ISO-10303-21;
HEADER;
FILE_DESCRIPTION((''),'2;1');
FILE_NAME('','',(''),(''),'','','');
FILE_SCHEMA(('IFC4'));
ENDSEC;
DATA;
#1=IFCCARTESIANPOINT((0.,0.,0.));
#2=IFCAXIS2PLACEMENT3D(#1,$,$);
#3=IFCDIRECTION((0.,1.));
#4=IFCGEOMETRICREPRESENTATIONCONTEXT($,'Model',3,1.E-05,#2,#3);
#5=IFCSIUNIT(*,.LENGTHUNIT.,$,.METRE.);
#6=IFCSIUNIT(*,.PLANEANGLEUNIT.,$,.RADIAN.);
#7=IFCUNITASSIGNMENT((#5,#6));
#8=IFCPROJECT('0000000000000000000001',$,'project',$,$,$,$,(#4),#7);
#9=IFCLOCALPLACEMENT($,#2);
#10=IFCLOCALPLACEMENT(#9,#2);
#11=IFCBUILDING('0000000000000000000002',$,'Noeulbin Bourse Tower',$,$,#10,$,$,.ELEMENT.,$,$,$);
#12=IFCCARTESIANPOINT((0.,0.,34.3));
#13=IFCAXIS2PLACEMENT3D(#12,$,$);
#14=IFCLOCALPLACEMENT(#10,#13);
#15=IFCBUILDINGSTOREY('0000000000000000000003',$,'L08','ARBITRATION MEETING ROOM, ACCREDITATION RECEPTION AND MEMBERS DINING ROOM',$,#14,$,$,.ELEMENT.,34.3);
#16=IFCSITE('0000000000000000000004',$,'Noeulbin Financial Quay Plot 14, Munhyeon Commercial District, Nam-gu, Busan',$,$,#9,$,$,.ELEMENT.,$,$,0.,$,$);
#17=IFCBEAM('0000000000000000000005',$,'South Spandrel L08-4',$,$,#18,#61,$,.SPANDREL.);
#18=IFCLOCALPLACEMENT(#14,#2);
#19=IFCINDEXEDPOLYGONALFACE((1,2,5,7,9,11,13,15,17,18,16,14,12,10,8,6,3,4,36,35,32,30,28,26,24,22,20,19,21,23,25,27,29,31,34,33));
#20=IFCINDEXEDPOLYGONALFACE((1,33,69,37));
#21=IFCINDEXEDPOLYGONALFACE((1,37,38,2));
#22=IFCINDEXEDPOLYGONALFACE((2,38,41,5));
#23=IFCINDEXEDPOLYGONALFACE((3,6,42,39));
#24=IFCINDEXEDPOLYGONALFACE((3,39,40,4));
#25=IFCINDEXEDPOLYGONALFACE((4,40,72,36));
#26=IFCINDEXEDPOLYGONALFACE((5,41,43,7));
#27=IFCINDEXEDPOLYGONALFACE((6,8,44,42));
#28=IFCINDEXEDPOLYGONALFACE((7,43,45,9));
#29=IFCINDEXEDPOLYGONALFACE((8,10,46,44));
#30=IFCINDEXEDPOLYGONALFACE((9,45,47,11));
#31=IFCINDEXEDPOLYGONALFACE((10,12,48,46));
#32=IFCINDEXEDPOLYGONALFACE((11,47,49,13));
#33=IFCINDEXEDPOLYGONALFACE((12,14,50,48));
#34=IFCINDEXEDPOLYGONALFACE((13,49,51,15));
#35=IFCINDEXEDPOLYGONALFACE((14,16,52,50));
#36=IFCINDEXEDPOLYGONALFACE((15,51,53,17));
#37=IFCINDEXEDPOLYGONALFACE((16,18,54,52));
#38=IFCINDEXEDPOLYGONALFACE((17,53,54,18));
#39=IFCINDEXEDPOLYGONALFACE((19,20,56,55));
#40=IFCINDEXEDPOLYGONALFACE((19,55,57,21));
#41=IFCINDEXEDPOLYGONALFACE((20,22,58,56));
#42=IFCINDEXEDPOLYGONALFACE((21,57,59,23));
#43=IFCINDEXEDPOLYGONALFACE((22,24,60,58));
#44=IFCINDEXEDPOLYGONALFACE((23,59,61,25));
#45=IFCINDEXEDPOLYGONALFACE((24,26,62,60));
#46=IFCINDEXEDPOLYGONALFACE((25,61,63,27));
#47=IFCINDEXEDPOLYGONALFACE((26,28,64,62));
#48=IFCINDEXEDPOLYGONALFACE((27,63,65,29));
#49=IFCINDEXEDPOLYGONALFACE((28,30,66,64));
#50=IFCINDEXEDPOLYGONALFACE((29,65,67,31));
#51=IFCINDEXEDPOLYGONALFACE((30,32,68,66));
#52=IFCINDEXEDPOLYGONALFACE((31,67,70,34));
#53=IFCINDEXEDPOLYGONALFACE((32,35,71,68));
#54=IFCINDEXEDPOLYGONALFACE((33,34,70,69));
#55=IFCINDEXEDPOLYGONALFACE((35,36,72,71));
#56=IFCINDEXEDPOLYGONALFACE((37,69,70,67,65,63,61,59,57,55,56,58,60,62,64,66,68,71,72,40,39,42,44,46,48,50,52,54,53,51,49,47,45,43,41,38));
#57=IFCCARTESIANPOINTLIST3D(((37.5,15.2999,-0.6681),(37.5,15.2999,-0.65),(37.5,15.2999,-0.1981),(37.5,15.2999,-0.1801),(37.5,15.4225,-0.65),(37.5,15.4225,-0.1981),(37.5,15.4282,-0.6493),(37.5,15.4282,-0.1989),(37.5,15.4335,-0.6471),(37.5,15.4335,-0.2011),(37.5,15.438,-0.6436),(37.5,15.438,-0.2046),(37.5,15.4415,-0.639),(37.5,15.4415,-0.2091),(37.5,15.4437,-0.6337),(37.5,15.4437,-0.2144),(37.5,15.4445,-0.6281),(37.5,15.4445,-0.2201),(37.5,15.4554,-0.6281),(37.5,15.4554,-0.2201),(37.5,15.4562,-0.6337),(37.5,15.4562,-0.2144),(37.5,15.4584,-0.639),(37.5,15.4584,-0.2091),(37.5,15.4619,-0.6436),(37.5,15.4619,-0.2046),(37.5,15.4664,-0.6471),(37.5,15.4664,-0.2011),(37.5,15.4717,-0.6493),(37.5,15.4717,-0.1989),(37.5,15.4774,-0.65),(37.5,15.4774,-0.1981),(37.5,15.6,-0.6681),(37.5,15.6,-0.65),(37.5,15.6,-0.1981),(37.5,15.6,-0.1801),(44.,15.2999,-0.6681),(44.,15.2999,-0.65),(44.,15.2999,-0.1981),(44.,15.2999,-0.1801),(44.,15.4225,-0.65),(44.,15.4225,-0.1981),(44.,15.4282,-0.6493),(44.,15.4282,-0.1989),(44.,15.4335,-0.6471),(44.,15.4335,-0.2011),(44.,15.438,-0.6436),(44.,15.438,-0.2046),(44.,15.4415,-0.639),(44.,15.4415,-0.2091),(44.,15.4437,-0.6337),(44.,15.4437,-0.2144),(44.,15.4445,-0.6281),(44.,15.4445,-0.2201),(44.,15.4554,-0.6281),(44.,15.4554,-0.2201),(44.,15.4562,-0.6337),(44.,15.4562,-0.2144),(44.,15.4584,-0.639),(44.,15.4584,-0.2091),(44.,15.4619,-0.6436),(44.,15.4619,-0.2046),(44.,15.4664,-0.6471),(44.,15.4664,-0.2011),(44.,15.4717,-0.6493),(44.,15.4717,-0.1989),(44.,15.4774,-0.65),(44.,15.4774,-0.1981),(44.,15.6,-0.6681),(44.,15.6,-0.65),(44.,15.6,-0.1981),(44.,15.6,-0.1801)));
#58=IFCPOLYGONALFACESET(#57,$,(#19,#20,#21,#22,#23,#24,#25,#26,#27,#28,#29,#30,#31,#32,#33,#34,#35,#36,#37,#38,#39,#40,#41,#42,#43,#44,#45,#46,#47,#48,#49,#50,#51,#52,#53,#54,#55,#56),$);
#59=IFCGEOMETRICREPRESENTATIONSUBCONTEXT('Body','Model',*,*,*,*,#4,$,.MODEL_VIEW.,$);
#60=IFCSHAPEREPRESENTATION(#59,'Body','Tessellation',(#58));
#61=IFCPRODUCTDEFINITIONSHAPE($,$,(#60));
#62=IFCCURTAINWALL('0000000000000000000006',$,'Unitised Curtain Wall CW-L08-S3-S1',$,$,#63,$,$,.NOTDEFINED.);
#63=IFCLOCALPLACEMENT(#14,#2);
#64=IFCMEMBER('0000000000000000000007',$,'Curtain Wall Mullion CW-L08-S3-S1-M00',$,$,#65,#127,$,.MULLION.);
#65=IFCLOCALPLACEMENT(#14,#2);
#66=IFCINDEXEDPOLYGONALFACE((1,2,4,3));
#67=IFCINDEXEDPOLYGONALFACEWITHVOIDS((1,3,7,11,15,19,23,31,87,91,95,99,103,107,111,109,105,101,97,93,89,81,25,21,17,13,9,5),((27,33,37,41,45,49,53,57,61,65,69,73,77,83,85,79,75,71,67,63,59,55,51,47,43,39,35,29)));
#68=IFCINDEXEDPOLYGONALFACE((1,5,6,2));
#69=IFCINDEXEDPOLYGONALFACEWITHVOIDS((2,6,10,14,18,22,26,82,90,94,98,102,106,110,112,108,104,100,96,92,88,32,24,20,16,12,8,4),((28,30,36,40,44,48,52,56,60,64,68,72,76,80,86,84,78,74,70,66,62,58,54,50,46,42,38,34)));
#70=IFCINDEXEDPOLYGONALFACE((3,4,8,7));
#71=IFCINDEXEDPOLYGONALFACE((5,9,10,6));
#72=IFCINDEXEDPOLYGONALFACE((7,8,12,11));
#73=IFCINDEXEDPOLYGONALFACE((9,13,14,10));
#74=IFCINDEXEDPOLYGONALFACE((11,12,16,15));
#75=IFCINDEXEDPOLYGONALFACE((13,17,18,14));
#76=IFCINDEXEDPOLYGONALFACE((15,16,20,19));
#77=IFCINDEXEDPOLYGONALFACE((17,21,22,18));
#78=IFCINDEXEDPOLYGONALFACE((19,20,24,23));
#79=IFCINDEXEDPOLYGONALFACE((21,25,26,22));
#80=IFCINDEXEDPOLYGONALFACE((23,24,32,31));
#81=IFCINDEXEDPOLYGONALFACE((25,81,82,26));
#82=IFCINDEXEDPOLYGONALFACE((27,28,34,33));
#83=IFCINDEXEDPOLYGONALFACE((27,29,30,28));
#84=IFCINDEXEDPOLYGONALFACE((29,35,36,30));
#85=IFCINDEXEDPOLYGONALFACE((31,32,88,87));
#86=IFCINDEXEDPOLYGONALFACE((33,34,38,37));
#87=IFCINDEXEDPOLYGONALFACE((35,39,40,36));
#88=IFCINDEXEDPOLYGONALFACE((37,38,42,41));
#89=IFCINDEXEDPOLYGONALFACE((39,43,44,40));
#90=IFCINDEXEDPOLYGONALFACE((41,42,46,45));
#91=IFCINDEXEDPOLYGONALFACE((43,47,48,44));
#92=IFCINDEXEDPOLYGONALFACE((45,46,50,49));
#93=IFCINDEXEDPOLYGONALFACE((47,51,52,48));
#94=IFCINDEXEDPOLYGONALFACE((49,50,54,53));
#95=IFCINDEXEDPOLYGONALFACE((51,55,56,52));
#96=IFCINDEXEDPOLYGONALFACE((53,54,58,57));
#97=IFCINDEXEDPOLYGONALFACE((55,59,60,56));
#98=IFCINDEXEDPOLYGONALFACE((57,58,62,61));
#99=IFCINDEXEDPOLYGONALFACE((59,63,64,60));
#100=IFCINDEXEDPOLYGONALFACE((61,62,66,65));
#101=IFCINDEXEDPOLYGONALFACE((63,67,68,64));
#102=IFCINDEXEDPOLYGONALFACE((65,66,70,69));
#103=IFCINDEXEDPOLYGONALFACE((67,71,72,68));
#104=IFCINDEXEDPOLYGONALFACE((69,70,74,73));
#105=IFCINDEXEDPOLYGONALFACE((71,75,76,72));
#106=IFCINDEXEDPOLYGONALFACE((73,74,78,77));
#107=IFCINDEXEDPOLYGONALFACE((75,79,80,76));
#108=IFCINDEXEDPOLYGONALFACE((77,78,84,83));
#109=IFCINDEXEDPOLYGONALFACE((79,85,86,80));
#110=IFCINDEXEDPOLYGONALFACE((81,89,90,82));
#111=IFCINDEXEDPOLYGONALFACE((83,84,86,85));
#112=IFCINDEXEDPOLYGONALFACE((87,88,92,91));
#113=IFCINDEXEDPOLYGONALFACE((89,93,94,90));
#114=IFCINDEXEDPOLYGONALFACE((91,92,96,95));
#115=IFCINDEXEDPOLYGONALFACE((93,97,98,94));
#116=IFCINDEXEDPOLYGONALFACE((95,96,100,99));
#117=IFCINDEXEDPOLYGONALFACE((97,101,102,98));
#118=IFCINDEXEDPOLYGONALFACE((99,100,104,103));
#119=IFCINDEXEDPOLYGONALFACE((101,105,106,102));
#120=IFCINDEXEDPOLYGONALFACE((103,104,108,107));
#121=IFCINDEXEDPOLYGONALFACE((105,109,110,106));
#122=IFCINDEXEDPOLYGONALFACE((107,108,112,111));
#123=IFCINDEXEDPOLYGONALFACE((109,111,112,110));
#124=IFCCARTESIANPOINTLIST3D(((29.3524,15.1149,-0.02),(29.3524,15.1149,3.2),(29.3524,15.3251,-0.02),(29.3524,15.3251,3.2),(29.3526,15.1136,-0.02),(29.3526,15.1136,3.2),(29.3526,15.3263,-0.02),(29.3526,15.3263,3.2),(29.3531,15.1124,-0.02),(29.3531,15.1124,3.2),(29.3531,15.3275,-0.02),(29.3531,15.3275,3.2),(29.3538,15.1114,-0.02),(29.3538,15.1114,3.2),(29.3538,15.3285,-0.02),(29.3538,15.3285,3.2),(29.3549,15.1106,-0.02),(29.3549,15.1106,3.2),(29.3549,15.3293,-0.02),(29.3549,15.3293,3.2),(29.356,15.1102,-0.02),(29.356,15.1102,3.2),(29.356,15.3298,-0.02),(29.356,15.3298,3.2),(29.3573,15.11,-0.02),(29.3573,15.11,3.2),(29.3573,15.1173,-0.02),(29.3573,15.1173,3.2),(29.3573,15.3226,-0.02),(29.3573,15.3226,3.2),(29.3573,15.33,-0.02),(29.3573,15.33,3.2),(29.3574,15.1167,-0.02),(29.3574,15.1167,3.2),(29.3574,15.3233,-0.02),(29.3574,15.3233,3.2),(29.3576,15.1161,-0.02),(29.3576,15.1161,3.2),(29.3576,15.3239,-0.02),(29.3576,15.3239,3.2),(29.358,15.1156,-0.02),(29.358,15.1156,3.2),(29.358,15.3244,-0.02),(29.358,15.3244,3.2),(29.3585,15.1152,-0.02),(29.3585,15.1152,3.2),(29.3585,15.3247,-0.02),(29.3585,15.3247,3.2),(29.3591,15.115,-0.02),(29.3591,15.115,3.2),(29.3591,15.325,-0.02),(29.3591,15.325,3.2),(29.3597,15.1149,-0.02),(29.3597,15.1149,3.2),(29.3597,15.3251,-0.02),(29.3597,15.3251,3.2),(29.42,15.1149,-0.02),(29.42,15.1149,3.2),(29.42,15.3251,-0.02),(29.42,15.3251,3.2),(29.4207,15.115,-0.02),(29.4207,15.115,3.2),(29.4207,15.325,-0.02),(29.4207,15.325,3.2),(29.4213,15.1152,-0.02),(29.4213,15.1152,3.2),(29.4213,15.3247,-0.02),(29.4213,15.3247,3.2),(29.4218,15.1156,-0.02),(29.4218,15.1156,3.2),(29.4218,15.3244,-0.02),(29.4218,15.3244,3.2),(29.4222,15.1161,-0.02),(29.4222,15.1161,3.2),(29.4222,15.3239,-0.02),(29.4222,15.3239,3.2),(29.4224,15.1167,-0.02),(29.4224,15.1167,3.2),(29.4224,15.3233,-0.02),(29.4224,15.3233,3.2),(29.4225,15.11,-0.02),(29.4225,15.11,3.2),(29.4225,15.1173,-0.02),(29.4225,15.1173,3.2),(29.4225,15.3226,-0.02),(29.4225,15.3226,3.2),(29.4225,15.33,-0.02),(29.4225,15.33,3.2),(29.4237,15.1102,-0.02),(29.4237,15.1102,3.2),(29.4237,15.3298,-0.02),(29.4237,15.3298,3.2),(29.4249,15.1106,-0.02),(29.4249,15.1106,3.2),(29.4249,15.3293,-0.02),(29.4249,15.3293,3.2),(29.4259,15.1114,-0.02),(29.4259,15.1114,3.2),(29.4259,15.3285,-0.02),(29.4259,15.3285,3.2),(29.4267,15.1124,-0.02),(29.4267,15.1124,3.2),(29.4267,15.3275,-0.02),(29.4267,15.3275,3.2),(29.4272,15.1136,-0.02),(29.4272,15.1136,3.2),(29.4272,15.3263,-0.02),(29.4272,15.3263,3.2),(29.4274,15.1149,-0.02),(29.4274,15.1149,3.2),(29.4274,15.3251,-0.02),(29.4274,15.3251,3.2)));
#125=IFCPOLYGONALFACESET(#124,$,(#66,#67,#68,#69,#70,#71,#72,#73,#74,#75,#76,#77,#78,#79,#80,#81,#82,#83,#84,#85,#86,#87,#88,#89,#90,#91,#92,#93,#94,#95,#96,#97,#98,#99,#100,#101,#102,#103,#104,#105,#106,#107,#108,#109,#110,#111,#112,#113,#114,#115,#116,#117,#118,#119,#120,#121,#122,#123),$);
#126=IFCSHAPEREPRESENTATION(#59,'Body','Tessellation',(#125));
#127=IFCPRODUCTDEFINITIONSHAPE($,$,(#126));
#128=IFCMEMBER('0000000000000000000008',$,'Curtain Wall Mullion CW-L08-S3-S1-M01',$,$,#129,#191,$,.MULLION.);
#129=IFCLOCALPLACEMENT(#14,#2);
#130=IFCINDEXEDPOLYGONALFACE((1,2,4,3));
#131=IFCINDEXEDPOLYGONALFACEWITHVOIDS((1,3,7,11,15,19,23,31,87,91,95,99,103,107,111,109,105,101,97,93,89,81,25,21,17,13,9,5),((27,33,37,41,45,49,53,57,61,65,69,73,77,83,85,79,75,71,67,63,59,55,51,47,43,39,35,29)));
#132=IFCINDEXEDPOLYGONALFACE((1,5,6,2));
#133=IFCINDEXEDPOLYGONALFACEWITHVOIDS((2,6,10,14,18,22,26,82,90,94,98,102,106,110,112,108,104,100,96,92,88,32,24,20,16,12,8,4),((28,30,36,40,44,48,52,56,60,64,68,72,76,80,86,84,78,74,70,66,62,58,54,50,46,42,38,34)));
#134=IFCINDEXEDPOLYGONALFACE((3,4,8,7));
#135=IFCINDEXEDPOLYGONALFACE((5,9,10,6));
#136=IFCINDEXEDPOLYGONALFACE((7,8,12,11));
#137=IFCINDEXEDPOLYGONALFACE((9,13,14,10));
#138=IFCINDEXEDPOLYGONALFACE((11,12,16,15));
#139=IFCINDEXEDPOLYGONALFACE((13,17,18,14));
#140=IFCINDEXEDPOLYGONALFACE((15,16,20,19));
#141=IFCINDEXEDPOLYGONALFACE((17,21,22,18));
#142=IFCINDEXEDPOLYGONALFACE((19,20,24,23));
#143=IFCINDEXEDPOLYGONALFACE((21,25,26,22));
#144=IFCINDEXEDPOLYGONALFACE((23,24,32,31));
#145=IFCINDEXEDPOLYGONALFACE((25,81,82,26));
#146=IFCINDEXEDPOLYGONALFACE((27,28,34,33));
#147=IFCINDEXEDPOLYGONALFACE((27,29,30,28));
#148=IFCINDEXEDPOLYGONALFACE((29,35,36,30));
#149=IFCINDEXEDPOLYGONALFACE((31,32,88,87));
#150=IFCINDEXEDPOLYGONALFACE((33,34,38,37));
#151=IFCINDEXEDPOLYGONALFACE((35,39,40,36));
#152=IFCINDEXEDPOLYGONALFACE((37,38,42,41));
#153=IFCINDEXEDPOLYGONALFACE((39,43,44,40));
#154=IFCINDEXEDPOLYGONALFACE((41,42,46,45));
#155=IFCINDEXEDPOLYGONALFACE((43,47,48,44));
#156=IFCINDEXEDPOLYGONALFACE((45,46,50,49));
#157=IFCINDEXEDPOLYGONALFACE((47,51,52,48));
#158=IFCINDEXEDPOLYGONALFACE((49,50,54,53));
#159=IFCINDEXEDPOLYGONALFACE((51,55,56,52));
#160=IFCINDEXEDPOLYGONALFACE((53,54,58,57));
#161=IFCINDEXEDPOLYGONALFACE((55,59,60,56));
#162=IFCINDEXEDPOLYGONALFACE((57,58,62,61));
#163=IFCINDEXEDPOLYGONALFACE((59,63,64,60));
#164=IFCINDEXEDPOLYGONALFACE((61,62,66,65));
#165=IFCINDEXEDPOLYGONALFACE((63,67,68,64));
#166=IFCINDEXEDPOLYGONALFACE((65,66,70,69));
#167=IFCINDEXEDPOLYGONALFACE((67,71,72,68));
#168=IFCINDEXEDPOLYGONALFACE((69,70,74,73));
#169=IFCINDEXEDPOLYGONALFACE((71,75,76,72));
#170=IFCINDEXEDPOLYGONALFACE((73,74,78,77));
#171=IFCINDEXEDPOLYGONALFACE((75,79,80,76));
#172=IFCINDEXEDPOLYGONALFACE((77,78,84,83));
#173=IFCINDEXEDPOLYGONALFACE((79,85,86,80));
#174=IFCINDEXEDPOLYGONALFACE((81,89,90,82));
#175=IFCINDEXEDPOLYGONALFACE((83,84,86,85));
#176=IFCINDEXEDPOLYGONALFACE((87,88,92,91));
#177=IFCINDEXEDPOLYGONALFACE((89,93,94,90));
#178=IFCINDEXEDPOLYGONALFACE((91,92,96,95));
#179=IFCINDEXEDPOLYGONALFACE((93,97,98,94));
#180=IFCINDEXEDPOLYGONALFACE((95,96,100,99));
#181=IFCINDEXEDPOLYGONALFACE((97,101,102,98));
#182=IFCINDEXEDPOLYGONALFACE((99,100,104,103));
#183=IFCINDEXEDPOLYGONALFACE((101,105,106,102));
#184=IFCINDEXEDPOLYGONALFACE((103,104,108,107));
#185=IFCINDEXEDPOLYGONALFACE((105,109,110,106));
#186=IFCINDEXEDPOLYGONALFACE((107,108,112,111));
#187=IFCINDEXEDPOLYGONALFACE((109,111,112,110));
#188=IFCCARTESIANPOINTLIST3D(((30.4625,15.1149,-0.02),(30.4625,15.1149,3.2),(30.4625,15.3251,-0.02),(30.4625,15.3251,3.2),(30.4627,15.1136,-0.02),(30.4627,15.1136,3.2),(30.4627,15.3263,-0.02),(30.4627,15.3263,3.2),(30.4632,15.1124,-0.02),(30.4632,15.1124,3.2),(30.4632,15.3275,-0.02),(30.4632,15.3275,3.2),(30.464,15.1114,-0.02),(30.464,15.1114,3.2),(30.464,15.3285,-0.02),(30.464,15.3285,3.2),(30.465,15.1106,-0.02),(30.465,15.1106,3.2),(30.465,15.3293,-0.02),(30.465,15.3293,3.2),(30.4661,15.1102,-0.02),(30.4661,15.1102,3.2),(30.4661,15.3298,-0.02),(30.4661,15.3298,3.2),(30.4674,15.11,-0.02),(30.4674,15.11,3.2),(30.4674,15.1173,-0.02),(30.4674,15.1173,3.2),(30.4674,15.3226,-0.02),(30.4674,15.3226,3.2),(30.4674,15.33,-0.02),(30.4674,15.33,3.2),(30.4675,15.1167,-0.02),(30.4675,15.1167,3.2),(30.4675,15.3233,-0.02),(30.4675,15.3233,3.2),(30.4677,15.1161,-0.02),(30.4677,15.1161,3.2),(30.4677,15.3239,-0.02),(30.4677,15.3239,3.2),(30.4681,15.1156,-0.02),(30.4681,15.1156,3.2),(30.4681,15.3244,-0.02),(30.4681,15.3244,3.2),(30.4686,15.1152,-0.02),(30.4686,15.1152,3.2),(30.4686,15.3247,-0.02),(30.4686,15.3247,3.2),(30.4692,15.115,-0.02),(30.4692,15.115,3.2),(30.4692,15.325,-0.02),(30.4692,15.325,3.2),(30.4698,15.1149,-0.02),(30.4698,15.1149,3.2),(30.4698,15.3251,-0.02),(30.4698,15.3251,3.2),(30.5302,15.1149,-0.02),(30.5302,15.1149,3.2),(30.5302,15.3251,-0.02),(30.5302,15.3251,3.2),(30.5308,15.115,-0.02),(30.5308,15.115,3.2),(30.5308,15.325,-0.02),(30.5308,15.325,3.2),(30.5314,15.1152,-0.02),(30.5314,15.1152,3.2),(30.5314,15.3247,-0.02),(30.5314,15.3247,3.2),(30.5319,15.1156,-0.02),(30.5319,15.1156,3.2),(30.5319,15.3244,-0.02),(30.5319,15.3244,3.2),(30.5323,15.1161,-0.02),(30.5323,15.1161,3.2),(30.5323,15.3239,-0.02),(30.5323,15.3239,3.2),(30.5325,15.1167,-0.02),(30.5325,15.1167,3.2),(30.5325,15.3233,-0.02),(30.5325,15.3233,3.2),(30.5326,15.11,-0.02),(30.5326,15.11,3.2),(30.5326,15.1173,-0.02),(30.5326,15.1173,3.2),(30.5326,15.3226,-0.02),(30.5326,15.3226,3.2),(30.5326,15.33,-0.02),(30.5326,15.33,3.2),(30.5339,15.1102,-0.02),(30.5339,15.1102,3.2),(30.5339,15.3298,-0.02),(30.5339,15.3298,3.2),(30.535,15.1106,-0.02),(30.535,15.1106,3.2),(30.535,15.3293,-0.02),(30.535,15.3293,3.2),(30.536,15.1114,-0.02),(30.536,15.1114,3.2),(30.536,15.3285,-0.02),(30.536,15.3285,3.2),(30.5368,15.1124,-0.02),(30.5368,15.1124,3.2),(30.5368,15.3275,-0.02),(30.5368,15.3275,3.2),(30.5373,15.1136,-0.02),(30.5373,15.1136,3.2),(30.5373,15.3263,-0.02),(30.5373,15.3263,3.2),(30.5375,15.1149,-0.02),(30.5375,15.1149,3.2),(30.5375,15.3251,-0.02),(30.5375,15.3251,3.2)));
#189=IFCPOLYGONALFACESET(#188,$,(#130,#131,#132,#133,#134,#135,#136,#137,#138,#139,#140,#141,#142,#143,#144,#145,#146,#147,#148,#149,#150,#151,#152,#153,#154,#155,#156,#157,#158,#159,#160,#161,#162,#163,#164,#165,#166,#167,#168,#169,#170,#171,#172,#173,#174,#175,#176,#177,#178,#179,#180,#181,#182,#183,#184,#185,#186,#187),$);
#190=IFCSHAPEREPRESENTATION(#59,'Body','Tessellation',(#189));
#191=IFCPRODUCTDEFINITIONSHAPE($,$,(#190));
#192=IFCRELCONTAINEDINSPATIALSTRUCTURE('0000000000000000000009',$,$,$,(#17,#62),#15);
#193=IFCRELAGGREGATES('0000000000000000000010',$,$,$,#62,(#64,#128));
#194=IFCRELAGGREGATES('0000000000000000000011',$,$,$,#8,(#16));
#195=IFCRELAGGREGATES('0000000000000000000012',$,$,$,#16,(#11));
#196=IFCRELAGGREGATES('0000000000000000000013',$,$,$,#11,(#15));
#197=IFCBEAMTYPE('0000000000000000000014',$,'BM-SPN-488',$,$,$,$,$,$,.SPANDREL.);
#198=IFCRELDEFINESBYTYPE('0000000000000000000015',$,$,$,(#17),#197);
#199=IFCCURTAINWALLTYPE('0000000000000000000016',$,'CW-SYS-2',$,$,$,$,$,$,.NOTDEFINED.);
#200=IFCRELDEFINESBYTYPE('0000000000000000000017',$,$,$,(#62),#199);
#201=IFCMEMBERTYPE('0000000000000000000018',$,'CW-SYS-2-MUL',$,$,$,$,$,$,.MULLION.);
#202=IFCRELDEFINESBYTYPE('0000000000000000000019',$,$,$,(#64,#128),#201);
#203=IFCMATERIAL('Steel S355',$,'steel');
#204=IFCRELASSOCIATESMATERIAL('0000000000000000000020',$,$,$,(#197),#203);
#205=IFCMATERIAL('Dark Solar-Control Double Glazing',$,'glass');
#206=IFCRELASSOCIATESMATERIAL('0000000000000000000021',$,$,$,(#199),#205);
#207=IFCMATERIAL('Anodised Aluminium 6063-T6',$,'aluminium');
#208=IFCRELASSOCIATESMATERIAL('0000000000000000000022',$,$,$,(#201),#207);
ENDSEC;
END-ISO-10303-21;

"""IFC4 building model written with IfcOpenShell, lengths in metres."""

from ifc_helpers import new_model, si_unit, direction, frame, origin, origin_2d, place, context, subcontext, project, spatial, hollow_rectangle, i_section, extrude, material, material_profile, profile_set, type_object, element, aggregate, save


model = new_model("IFC4")

# Units and contexts
model_context = context("Model", 3, precision=1e-05, world=origin(), true_north=direction((0.0, 1.0)))
body_context = subcontext(model_context, "Body", "Model", "MODEL_VIEW")
ifc_project = project(units=[si_unit("LENGTHUNIT", "METRE"), si_unit("PLANEANGLEUNIT", "RADIAN")], contexts=[model_context])

# Site, building, storey
site_placement = place(None, origin())
site = spatial("IfcSite", under=ifc_project, at=site_placement, Name="Noeulbin Financial Quay Plot 14, Munhyeon Commercial District, Nam-gu, Busan", CompositionType="ELEMENT", RefElevation=0.0)
building_placement = place(site_placement, origin())
building = spatial("IfcBuilding", under=site, at=building_placement, Name="Noeulbin Bourse Tower", CompositionType="ELEMENT")
storey_placement = place(building_placement, frame((0.0, 0.0, 34.3)))
storey = spatial("IfcBuildingStorey", under=building, at=storey_placement, Name="L08", Description="ARBITRATION MEETING ROOM, ACCREDITATION RECEPTION AND MEMBERS DINING ROOM", CompositionType="ELEMENT", Elevation=34.3)

# Beam
ifc_material_1 = material(Name="Steel S355", Category="steel")
ifc_material_profile_1 = material_profile(ifc_material_1, i_section(OverallWidth=0.3, OverallDepth=0.488, WebThickness=0.011, FlangeThickness=0.0181, FilletRadius=0.022, at=origin_2d()), Name="H-488x300x11x18", Category="LoadBearing")
ifc_profile_set_1 = profile_set([ifc_material_profile_1], Name="Steel S355")
beam_type_1 = type_object("IfcBeamType", Name="BM-SPN-488", PredefinedType="SPANDREL", material=ifc_profile_set_1)
for number, where, z_axis, x_axis, name in (
    (1, (37.5, 15.45, -0.4241), (1.0, 0.0, 0.0), (0.0, 1.0, 0.0), "South Spandrel L08-4"),
):
    element("IfcBeam", number, at=place(storey_placement, frame(where, z_axis=z_axis, x_axis=x_axis)), inside=storey, type_object=beam_type_1, Name=name, PredefinedType="SPANDREL", context=body_context, shape_type="SweptSolid", body=[
        extrude(i_section(OverallWidth=0.3, OverallDepth=0.488, WebThickness=0.011, FlangeThickness=0.0181, FilletRadius=0.022, at=origin_2d()), origin(), (0.0, 0.0, 1.0), 6.5),
    ])

# Curtain wall, members
ifc_material_2 = material(Name="Dark Solar-Control Double Glazing", Category="glass")
curtain_wall_type = type_object("IfcCurtainWallType", Name="CW-SYS-2", PredefinedType="NOTDEFINED", material=ifc_material_2)
curtain_wall_1_placement = place(storey_placement, origin())
curtain_wall_1 = element("IfcCurtainWall", 2, at=curtain_wall_1_placement, inside=storey, type_object=curtain_wall_type, Name="Unitised Curtain Wall CW-L08-S3-S1", PredefinedType="NOTDEFINED")
ifc_material_3 = material(Name="Anodised Aluminium 6063-T6", Category="aluminium")
ifc_material_profile_2 = material_profile(ifc_material_3, hollow_rectangle(XDim=0.075, YDim=0.22, WallThickness=0.0049, InnerFilletRadius=0.0024, OuterFilletRadius=0.0049, at=origin_2d()), Name="ALU-MULL-75x220x5", Category="LoadBearing")
ifc_profile_set_2 = profile_set([ifc_material_profile_2], Name="Anodised Aluminium 6063-T6")
member_type_1 = type_object("IfcMemberType", Name="CW-SYS-2-MUL", PredefinedType="MULLION", material=ifc_profile_set_2)
member_1_placement = place(storey_placement, frame((29.3899, 15.22, -0.02), z_axis=(0.0, 0.0, 1.0), x_axis=(1.0, 0.0, 0.0)))
member_1 = element("IfcMember", 3, at=member_1_placement, type_object=member_type_1, Name="Curtain Wall Mullion CW-L08-S3-S1-M00", PredefinedType="MULLION", context=body_context, shape_type="SweptSolid", body=[
    extrude(hollow_rectangle(XDim=0.075, YDim=0.22, WallThickness=0.0049, InnerFilletRadius=0.0024, OuterFilletRadius=0.0049, at=origin_2d()), origin(), (0.0, 0.0, 1.0), 3.22),
])
member_2_placement = place(storey_placement, frame((30.5, 15.22, -0.02), z_axis=(0.0, 0.0, 1.0), x_axis=(1.0, 0.0, 0.0)))
member_2 = element("IfcMember", 4, at=member_2_placement, type_object=member_type_1, Name="Curtain Wall Mullion CW-L08-S3-S1-M01", PredefinedType="MULLION", context=body_context, shape_type="SweptSolid", body=[
    extrude(hollow_rectangle(XDim=0.075, YDim=0.22, WallThickness=0.0049, InnerFilletRadius=0.0024, OuterFilletRadius=0.0049, at=origin_2d()), origin(), (0.0, 0.0, 1.0), 3.22),
])

aggregate(curtain_wall_1, [member_1, member_2])

save(model, "model.ifc")
